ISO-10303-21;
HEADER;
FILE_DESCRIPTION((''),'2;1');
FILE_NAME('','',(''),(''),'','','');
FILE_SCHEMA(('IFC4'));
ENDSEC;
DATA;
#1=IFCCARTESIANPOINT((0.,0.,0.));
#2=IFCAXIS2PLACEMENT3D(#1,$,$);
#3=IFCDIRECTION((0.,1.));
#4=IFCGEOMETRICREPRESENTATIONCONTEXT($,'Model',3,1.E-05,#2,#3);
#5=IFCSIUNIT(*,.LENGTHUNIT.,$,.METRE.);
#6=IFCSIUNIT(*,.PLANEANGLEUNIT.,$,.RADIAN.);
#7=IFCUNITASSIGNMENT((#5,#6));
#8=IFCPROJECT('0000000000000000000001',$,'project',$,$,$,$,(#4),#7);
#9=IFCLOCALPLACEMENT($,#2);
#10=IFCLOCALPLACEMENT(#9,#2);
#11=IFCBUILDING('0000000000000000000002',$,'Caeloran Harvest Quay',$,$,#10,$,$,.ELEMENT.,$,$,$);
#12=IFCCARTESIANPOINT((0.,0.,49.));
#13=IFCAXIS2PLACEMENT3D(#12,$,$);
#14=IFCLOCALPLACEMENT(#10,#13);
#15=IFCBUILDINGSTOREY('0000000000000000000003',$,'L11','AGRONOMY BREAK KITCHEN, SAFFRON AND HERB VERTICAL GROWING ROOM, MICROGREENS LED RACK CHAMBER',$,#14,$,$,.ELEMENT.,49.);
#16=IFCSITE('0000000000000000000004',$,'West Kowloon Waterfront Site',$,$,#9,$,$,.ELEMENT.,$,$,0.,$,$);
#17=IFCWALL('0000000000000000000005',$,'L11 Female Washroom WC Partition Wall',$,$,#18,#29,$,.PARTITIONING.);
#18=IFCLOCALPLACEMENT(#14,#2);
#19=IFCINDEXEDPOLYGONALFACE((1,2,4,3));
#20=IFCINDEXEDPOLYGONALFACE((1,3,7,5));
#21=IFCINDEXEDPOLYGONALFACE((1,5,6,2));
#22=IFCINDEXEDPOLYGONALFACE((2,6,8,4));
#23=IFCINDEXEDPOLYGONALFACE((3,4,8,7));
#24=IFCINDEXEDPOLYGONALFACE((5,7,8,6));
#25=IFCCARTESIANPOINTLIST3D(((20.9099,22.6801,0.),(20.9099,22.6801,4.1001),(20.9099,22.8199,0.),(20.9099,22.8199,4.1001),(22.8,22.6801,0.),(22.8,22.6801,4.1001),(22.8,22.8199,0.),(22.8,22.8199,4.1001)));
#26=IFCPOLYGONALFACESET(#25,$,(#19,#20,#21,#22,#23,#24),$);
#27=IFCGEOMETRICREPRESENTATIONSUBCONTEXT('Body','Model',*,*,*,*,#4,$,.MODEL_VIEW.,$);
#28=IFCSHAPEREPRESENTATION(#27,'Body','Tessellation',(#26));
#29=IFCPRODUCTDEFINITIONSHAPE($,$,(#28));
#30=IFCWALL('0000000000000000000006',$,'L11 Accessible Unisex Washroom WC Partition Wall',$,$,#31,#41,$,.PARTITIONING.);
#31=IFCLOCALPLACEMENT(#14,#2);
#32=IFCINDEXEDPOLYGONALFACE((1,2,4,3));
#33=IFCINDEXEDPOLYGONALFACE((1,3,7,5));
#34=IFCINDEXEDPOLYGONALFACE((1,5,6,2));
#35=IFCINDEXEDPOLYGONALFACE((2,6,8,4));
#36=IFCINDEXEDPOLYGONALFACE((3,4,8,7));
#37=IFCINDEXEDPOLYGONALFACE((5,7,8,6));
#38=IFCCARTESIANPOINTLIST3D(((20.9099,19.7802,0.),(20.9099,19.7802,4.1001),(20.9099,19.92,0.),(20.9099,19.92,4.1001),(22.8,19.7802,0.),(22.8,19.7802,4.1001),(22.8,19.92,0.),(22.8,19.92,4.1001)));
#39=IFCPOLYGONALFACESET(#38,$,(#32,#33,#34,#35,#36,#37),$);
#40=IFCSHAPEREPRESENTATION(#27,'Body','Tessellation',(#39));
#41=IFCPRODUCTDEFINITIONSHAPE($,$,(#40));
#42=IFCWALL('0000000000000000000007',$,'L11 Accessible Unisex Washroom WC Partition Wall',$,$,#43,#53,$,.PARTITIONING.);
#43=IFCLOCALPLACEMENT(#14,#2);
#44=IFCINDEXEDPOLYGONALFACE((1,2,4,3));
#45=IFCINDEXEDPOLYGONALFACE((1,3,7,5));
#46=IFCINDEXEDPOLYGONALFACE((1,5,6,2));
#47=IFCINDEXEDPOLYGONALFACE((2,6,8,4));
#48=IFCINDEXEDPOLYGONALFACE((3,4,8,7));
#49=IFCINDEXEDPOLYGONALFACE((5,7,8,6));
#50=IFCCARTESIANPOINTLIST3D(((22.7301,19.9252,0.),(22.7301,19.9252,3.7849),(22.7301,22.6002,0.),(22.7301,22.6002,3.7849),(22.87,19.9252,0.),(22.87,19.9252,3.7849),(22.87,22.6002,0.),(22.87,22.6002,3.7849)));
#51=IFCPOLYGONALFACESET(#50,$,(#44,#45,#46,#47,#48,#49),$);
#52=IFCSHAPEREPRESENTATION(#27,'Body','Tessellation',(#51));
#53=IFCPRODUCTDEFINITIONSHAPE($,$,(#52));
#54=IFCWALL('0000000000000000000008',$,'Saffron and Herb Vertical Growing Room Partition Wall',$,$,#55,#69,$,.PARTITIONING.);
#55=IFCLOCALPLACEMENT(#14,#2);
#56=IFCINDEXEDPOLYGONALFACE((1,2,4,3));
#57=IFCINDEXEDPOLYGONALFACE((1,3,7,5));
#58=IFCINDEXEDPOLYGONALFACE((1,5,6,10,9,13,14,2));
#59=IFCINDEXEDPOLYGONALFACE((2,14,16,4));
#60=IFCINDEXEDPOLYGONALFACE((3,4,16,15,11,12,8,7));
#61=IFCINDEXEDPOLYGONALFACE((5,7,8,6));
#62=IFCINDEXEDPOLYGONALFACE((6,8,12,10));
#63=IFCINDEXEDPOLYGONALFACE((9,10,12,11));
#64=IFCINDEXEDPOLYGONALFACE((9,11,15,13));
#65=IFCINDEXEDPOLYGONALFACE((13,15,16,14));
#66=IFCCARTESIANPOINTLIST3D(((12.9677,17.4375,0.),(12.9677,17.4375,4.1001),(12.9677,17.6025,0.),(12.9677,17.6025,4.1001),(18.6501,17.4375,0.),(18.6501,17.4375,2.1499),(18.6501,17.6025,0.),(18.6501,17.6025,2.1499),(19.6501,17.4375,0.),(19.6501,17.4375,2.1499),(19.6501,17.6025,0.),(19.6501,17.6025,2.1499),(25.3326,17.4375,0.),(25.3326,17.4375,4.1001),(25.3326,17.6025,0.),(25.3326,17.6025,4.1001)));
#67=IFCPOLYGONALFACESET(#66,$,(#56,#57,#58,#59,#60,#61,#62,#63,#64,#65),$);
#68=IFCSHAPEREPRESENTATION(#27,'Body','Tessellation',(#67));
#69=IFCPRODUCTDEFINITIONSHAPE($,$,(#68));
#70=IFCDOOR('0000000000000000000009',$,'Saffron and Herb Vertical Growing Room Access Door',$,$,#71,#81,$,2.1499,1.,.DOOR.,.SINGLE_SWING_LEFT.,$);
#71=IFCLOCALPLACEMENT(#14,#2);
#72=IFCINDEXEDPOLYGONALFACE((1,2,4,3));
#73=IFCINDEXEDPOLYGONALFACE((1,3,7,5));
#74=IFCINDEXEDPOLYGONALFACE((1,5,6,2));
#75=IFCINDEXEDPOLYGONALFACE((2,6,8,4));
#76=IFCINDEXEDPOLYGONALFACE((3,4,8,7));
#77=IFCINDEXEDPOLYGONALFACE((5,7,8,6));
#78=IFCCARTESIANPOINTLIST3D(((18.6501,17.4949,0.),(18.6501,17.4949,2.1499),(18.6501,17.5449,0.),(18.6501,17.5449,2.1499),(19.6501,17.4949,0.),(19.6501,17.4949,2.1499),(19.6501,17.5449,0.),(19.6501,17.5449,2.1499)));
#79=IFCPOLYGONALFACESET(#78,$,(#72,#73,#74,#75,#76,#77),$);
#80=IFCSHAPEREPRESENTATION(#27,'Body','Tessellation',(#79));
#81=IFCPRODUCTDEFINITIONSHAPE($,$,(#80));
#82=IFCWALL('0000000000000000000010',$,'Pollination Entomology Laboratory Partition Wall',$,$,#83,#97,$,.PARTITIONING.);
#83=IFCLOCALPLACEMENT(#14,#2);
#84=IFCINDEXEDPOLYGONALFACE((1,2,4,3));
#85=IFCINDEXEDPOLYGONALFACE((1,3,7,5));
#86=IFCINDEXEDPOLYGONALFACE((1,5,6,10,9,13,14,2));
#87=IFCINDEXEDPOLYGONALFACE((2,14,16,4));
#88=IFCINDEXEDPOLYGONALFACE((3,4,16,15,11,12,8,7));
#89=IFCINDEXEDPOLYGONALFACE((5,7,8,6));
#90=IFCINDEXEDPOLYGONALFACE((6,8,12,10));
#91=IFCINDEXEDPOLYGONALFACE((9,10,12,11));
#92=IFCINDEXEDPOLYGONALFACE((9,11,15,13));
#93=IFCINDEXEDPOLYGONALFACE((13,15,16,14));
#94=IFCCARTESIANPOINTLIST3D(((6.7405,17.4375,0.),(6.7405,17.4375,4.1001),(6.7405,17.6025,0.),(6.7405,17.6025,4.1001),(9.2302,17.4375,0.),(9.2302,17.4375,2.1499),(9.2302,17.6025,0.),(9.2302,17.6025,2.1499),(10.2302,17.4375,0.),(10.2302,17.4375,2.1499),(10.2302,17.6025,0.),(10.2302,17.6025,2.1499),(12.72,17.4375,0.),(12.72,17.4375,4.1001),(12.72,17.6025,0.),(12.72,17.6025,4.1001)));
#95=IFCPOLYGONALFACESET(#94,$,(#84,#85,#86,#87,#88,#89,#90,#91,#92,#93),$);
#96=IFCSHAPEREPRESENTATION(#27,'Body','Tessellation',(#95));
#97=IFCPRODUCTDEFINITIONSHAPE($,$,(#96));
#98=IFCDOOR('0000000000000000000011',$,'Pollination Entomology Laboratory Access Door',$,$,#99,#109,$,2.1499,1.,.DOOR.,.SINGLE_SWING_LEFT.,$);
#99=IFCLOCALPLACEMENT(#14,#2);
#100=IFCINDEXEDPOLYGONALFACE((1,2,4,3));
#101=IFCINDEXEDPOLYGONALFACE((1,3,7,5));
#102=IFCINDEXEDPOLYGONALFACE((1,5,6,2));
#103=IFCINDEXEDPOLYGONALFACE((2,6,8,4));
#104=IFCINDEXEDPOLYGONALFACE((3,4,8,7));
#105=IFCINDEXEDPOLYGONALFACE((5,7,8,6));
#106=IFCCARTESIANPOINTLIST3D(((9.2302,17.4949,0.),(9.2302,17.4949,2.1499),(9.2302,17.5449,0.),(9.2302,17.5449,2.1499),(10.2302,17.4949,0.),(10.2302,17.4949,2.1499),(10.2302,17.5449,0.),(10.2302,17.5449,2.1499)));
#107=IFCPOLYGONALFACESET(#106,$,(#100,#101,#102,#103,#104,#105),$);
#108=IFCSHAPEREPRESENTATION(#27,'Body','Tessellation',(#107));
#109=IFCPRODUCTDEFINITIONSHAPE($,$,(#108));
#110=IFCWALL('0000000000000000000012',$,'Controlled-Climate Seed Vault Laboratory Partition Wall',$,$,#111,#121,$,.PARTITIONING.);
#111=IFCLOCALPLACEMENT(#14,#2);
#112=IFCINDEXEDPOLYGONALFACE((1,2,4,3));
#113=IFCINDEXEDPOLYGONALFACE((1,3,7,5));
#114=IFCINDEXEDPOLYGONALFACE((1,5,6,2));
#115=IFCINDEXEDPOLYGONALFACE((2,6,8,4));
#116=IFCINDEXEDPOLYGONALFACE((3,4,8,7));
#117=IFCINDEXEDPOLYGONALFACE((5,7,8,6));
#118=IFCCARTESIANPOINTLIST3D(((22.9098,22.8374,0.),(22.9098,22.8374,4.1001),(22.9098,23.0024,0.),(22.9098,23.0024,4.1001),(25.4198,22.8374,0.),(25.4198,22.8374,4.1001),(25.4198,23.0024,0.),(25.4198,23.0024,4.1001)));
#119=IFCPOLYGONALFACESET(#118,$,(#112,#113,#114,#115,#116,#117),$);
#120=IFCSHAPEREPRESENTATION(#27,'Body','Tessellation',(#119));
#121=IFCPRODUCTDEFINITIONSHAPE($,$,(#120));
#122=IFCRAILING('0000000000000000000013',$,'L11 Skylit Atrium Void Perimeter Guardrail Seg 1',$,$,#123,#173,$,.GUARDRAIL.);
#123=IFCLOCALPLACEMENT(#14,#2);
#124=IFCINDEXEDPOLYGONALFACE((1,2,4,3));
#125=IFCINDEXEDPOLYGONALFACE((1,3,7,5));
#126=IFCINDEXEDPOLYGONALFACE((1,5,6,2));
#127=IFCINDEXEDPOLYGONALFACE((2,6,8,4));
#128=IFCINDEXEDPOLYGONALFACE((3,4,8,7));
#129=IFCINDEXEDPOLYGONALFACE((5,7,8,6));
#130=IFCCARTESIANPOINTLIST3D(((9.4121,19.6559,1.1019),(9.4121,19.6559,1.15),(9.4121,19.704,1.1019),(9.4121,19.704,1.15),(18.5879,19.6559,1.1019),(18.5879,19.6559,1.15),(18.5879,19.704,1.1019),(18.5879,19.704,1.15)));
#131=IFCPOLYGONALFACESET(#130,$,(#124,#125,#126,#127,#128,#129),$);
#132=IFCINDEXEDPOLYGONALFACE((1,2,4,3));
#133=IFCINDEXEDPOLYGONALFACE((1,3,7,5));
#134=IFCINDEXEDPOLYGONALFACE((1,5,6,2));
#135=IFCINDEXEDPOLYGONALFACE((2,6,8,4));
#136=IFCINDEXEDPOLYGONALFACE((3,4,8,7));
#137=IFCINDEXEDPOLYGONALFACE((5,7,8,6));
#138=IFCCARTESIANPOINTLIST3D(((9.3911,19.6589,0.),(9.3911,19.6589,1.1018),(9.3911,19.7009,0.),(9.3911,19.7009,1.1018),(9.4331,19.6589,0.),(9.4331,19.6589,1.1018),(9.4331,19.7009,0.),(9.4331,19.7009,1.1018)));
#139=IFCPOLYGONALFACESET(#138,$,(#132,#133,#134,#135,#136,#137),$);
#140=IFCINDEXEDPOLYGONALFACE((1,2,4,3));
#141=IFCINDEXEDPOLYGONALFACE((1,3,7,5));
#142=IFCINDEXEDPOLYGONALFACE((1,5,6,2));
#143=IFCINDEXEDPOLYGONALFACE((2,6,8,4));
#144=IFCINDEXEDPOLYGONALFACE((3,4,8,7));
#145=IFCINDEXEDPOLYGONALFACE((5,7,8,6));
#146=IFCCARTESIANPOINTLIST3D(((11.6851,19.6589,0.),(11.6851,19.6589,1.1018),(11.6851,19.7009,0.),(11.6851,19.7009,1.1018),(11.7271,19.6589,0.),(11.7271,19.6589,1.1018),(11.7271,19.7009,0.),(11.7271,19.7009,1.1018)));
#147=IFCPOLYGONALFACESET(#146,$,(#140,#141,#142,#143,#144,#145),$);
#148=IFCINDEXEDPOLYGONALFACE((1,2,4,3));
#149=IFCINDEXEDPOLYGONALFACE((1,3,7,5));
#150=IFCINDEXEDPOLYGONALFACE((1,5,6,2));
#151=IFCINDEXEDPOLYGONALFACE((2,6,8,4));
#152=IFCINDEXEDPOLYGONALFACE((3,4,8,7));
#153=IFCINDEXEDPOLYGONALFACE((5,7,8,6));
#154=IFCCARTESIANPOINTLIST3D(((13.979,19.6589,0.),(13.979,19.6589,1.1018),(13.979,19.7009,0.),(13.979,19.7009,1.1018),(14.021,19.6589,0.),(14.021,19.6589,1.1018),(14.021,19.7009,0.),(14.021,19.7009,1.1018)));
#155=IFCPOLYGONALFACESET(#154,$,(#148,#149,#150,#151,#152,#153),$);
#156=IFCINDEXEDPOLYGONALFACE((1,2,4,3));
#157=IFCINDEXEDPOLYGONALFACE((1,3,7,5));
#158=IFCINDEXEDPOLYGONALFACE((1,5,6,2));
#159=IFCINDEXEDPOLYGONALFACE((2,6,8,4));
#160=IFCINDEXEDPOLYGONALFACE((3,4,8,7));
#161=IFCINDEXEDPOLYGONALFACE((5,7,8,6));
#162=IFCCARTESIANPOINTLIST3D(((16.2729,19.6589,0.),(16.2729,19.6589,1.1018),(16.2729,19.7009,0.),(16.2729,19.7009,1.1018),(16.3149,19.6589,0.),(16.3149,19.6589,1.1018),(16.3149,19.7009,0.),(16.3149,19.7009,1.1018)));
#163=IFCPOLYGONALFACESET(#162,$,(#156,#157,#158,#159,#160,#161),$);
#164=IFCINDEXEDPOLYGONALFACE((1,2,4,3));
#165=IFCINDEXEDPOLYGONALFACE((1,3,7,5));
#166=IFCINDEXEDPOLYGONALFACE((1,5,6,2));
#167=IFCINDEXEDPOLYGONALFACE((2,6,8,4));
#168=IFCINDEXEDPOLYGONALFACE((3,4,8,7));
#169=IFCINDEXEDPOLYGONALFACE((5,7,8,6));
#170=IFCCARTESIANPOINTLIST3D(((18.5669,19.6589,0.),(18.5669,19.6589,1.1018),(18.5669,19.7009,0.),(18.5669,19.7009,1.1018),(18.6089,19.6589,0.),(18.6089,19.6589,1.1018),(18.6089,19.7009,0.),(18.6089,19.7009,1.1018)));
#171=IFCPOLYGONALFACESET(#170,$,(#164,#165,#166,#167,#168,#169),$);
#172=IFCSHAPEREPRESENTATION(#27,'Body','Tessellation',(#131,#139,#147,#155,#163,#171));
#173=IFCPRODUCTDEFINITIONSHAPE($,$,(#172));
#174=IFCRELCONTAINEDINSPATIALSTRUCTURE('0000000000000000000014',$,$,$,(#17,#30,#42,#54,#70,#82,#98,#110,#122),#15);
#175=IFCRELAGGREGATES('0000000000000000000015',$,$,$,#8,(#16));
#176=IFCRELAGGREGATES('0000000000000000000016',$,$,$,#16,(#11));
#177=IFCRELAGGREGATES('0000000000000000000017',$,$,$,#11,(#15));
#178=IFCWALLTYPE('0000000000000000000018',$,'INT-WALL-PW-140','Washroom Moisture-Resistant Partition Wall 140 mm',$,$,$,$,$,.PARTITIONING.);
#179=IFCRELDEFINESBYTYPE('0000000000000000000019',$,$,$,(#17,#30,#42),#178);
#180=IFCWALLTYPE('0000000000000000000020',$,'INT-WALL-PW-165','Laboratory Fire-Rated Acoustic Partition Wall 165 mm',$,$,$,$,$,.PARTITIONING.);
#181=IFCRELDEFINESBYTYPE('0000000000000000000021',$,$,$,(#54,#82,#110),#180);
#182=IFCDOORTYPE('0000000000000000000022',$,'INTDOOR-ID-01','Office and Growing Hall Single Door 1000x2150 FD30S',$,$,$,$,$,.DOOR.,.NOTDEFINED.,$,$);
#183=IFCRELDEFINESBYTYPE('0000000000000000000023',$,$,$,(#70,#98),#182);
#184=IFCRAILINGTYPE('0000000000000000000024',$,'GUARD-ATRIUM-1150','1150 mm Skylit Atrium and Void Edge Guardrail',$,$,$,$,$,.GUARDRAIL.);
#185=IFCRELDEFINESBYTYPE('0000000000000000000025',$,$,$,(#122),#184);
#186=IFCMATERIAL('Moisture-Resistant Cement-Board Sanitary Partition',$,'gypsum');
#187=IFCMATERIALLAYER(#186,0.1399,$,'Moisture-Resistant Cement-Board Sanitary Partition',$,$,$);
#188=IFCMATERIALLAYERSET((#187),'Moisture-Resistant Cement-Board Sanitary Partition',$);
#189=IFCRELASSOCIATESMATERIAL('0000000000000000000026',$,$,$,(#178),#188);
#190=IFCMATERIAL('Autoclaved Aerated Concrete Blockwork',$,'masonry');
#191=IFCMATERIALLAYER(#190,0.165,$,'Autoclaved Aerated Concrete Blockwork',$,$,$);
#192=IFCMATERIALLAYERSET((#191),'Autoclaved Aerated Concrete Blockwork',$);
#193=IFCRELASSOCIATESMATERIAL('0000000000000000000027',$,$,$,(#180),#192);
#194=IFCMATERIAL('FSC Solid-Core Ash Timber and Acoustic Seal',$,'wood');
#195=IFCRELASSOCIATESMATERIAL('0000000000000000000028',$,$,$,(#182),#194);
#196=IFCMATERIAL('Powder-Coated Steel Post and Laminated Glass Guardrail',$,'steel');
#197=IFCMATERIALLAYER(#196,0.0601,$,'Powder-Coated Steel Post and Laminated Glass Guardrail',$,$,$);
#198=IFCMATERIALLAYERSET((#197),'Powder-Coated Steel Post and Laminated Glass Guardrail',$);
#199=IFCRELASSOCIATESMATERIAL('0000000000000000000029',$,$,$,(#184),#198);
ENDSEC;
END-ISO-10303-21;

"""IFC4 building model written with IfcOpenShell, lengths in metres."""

from ifc_helpers import new_model, si_unit, direction, frame, frame_2d, origin, origin_2d, place, context, subcontext, project, spatial, rectangle, extrude, material, layer, layer_set, type_object, element, fill, save


model = new_model("IFC4")

# Units and contexts
model_context = context("Model", 3, precision=1e-05, world=origin(), true_north=direction((0.0, 1.0)))
body_context = subcontext(model_context, "Body", "Model", "MODEL_VIEW")
ifc_project = project(units=[si_unit("LENGTHUNIT", "METRE"), si_unit("PLANEANGLEUNIT", "RADIAN")], contexts=[model_context])

# Site, building, storey
site_placement = place(None, origin())
site = spatial("IfcSite", under=ifc_project, at=site_placement, Name="West Kowloon Waterfront Site", CompositionType="ELEMENT", RefElevation=0.0)
building_placement = place(site_placement, origin())
building = spatial("IfcBuilding", under=site, at=building_placement, Name="Caeloran Harvest Quay", CompositionType="ELEMENT")
storey_placement = place(building_placement, frame((0.0, 0.0, 49.0)))
storey = spatial("IfcBuildingStorey", under=building, at=storey_placement, Name="L11", Description="AGRONOMY BREAK KITCHEN, SAFFRON AND HERB VERTICAL GROWING ROOM, MICROGREENS LED RACK CHAMBER", CompositionType="ELEMENT", Elevation=49.0)

# Wall
ifc_material_1 = material(Name="Moisture-Resistant Cement-Board Sanitary Partition", Category="gypsum")
ifc_layer_1 = layer(ifc_material_1, 0.1399, Name="Moisture-Resistant Cement-Board Sanitary Partition")
ifc_layer_set_1 = layer_set([ifc_layer_1], Name="Moisture-Resistant Cement-Board Sanitary Partition")
wall_type_1 = type_object("IfcWallType", Name="INT-WALL-PW-140", Description="Washroom Moisture-Resistant Partition Wall 140 mm", PredefinedType="PARTITIONING", material=ifc_layer_set_1)
wall_1_placement = place(storey_placement, frame((22.8, 22.75, 0.0), z_axis=(0.0, 0.0, 1.0), x_axis=(-1.0, 0.0, 0.0)))
element("IfcWall", 1, at=wall_1_placement, inside=storey, type_object=wall_type_1, Name="L11 Female Washroom WC Partition Wall", PredefinedType="PARTITIONING", context=body_context, shape_type="SweptSolid", body=[
    extrude(rectangle(XDim=1.8901, YDim=0.1399, at=frame_2d((0.9451, 0.0))), origin(), (0.0, 0.0, 1.0), 4.1001),
])

# Wall
wall_2_placement = place(storey_placement, frame((22.8, 19.8501, 0.0), z_axis=(0.0, 0.0, 1.0), x_axis=(-1.0, 0.0, 0.0)))
element("IfcWall", 2, at=wall_2_placement, inside=storey, type_object=wall_type_1, Name="L11 Accessible Unisex Washroom WC Partition Wall", PredefinedType="PARTITIONING", context=body_context, shape_type="SweptSolid", body=[
    extrude(rectangle(XDim=1.8901, YDim=0.1399, at=frame_2d((0.9451, 0.0))), origin(), (0.0, 0.0, 1.0), 4.1001),
])

# Wall
wall_3_placement = place(storey_placement, frame((22.8, 22.6001, 0.0), z_axis=(0.0, 0.0, 1.0), x_axis=(0.0, -1.0, 0.0)))
element("IfcWall", 3, at=wall_3_placement, inside=storey, type_object=wall_type_1, Name="L11 Accessible Unisex Washroom WC Partition Wall", PredefinedType="PARTITIONING", context=body_context, shape_type="SweptSolid", body=[
    extrude(rectangle(XDim=2.675, YDim=0.1399, at=frame_2d((1.3374, 0.0))), origin(), (0.0, 0.0, 1.0), 3.7849),
])

# Walls, openings, doors
ifc_material_2 = material(Name="Autoclaved Aerated Concrete Blockwork", Category="masonry")
ifc_layer_2 = layer(ifc_material_2, 0.165, Name="Autoclaved Aerated Concrete Blockwork")
ifc_layer_set_2 = layer_set([ifc_layer_2], Name="Autoclaved Aerated Concrete Blockwork")
wall_type_2 = type_object("IfcWallType", Name="INT-WALL-PW-165", Description="Laboratory Fire-Rated Acoustic Partition Wall 165 mm", PredefinedType="PARTITIONING", material=ifc_layer_set_2)
wall_4_placement = place(storey_placement, frame((12.9675, 17.52, 0.0), z_axis=(0.0, 0.0, 1.0), x_axis=(1.0, 0.0, 0.0)))
wall_4 = element("IfcWall", 4, at=wall_4_placement, inside=storey, type_object=wall_type_2, Name="Saffron and Herb Vertical Growing Room Partition Wall", PredefinedType="PARTITIONING", context=body_context, shape_type="SweptSolid", body=[
    extrude(rectangle(XDim=12.365, YDim=0.165, at=frame_2d((6.1826, 0.0))), origin(), (0.0, 0.0, 1.0), 4.1001),
])
opening_1_placement = place(wall_4_placement, frame((5.6826, 0.0, 0.0)))
opening_1 = element("IfcOpeningElement", 5, at=opening_1_placement, cuts=wall_4, PredefinedType="OPENING", context=body_context, shape_type="SweptSolid", body=[
    extrude(rectangle(XDim=1.0, YDim=2.1499, at=frame_2d((0.5, 1.075))), frame((0.0, 0.0925, 0.0), z_axis=(0.0, -1.0, 0.0), x_axis=(1.0, 0.0, 0.0)), (0.0, 0.0, 1.0), 0.1851),
])
ifc_material_3 = material(Name="FSC Solid-Core Ash Timber and Acoustic Seal", Category="wood")
door_type_1 = type_object("IfcDoorType", Name="INTDOOR-ID-01", Description="Office and Growing Hall Single Door 1000x2150 FD30S", OperationType="NOTDEFINED", PredefinedType="DOOR", material=ifc_material_3)
door_1_placement = place(opening_1_placement, origin())
door_1 = element("IfcDoor", 6, at=door_1_placement, inside=storey, type_object=door_type_1, Name="Saffron and Herb Vertical Growing Room Access Door", OperationType="SINGLE_SWING_LEFT", OverallHeight=2.1499, OverallWidth=1.0, PredefinedType="DOOR", context=body_context, shape_type="SweptSolid", body=[
    extrude(rectangle(XDim=1.0, YDim=2.1499, at=frame_2d((0.5, 1.075))), frame((0.0, 0.0249, 0.0), z_axis=(0.0, -1.0, 0.0), x_axis=(1.0, 0.0, 0.0)), (0.0, 0.0, 1.0), 0.05),
])
fill(opening_1, door_1)
wall_5_placement = place(storey_placement, frame((6.7405, 17.52, 0.0), z_axis=(0.0, 0.0, 1.0), x_axis=(1.0, 0.0, 0.0)))
wall_5 = element("IfcWall", 7, at=wall_5_placement, inside=storey, type_object=wall_type_2, Name="Pollination Entomology Laboratory Partition Wall", PredefinedType="PARTITIONING", context=body_context, shape_type="SweptSolid", body=[
    extrude(rectangle(XDim=5.9795, YDim=0.165, at=frame_2d((2.9897, 0.0))), origin(), (0.0, 0.0, 1.0), 4.1001),
])
opening_2_placement = place(wall_5_placement, frame((2.4897, 0.0, 0.0)))
opening_2 = element("IfcOpeningElement", 8, at=opening_2_placement, cuts=wall_5, PredefinedType="OPENING", context=body_context, shape_type="SweptSolid", body=[
    extrude(rectangle(XDim=1.0, YDim=2.1499, at=frame_2d((0.5, 1.075))), frame((0.0, 0.0925, 0.0), z_axis=(0.0, -1.0, 0.0), x_axis=(1.0, 0.0, 0.0)), (0.0, 0.0, 1.0), 0.1851),
])
door_2_placement = place(opening_2_placement, origin())
door_2 = element("IfcDoor", 9, at=door_2_placement, inside=storey, type_object=door_type_1, Name="Pollination Entomology Laboratory Access Door", OperationType="SINGLE_SWING_LEFT", OverallHeight=2.1499, OverallWidth=1.0, PredefinedType="DOOR", context=body_context, shape_type="SweptSolid", body=[
    extrude(rectangle(XDim=1.0, YDim=2.1499, at=frame_2d((0.5, 1.075))), frame((0.0, 0.0249, 0.0), z_axis=(0.0, -1.0, 0.0), x_axis=(1.0, 0.0, 0.0)), (0.0, 0.0, 1.0), 0.05),
])
fill(opening_2, door_2)

# Wall
wall_6_placement = place(storey_placement, frame((22.9099, 22.9199, 0.0), z_axis=(0.0, 0.0, 1.0), x_axis=(1.0, 0.0, 0.0)))
element("IfcWall", 10, at=wall_6_placement, inside=storey, type_object=wall_type_2, Name="Controlled-Climate Seed Vault Laboratory Partition Wall", PredefinedType="PARTITIONING", context=body_context, shape_type="SweptSolid", body=[
    extrude(rectangle(XDim=2.51, YDim=0.165, at=frame_2d((1.2549, 0.0))), origin(), (0.0, 0.0, 1.0), 4.1001),
])

# Railing
ifc_material_4 = material(Name="Powder-Coated Steel Post and Laminated Glass Guardrail", Category="steel")
ifc_layer_3 = layer(ifc_material_4, 0.0601, Name="Powder-Coated Steel Post and Laminated Glass Guardrail")
ifc_layer_set_3 = layer_set([ifc_layer_3], Name="Powder-Coated Steel Post and Laminated Glass Guardrail")
railing_type = type_object("IfcRailingType", Name="GUARD-ATRIUM-1150", Description="1150 mm Skylit Atrium and Void Edge Guardrail", PredefinedType="GUARDRAIL", material=ifc_layer_set_3)
railing_1_placement = place(storey_placement, frame((9.4121, 19.6799, 0.0)))
element("IfcRailing", 11, at=railing_1_placement, inside=storey, type_object=railing_type, Name="L11 Skylit Atrium Void Perimeter Guardrail Seg 1", PredefinedType="GUARDRAIL", context=body_context, shape_type="SweptSolid", body=[
    extrude(rectangle(XDim=0.0481, YDim=0.0481, at=origin_2d()), frame((0.0, 0.0, 1.126), z_axis=(1.0, 0.0, 0.0), x_axis=(0.0, 1.0, 0.0)), (0.0, 0.0, 1.0), 9.1758),
    extrude(rectangle(XDim=0.042, YDim=0.042, at=origin_2d()), origin(), (0.0, 0.0, 1.0), 1.1018),
    extrude(rectangle(XDim=0.042, YDim=0.042, at=origin_2d()), frame((2.2939, 0.0, 0.0)), (0.0, 0.0, 1.0), 1.1018),
    extrude(rectangle(XDim=0.042, YDim=0.042, at=origin_2d()), frame((4.5879, 0.0, 0.0)), (0.0, 0.0, 1.0), 1.1018),
    extrude(rectangle(XDim=0.042, YDim=0.042, at=origin_2d()), frame((6.8818, 0.0, 0.0)), (0.0, 0.0, 1.0), 1.1018),
    extrude(rectangle(XDim=0.042, YDim=0.042, at=origin_2d()), frame((9.1758, 0.0, 0.0)), (0.0, 0.0, 1.0), 1.1018),
])

save(model, "model.ifc")
